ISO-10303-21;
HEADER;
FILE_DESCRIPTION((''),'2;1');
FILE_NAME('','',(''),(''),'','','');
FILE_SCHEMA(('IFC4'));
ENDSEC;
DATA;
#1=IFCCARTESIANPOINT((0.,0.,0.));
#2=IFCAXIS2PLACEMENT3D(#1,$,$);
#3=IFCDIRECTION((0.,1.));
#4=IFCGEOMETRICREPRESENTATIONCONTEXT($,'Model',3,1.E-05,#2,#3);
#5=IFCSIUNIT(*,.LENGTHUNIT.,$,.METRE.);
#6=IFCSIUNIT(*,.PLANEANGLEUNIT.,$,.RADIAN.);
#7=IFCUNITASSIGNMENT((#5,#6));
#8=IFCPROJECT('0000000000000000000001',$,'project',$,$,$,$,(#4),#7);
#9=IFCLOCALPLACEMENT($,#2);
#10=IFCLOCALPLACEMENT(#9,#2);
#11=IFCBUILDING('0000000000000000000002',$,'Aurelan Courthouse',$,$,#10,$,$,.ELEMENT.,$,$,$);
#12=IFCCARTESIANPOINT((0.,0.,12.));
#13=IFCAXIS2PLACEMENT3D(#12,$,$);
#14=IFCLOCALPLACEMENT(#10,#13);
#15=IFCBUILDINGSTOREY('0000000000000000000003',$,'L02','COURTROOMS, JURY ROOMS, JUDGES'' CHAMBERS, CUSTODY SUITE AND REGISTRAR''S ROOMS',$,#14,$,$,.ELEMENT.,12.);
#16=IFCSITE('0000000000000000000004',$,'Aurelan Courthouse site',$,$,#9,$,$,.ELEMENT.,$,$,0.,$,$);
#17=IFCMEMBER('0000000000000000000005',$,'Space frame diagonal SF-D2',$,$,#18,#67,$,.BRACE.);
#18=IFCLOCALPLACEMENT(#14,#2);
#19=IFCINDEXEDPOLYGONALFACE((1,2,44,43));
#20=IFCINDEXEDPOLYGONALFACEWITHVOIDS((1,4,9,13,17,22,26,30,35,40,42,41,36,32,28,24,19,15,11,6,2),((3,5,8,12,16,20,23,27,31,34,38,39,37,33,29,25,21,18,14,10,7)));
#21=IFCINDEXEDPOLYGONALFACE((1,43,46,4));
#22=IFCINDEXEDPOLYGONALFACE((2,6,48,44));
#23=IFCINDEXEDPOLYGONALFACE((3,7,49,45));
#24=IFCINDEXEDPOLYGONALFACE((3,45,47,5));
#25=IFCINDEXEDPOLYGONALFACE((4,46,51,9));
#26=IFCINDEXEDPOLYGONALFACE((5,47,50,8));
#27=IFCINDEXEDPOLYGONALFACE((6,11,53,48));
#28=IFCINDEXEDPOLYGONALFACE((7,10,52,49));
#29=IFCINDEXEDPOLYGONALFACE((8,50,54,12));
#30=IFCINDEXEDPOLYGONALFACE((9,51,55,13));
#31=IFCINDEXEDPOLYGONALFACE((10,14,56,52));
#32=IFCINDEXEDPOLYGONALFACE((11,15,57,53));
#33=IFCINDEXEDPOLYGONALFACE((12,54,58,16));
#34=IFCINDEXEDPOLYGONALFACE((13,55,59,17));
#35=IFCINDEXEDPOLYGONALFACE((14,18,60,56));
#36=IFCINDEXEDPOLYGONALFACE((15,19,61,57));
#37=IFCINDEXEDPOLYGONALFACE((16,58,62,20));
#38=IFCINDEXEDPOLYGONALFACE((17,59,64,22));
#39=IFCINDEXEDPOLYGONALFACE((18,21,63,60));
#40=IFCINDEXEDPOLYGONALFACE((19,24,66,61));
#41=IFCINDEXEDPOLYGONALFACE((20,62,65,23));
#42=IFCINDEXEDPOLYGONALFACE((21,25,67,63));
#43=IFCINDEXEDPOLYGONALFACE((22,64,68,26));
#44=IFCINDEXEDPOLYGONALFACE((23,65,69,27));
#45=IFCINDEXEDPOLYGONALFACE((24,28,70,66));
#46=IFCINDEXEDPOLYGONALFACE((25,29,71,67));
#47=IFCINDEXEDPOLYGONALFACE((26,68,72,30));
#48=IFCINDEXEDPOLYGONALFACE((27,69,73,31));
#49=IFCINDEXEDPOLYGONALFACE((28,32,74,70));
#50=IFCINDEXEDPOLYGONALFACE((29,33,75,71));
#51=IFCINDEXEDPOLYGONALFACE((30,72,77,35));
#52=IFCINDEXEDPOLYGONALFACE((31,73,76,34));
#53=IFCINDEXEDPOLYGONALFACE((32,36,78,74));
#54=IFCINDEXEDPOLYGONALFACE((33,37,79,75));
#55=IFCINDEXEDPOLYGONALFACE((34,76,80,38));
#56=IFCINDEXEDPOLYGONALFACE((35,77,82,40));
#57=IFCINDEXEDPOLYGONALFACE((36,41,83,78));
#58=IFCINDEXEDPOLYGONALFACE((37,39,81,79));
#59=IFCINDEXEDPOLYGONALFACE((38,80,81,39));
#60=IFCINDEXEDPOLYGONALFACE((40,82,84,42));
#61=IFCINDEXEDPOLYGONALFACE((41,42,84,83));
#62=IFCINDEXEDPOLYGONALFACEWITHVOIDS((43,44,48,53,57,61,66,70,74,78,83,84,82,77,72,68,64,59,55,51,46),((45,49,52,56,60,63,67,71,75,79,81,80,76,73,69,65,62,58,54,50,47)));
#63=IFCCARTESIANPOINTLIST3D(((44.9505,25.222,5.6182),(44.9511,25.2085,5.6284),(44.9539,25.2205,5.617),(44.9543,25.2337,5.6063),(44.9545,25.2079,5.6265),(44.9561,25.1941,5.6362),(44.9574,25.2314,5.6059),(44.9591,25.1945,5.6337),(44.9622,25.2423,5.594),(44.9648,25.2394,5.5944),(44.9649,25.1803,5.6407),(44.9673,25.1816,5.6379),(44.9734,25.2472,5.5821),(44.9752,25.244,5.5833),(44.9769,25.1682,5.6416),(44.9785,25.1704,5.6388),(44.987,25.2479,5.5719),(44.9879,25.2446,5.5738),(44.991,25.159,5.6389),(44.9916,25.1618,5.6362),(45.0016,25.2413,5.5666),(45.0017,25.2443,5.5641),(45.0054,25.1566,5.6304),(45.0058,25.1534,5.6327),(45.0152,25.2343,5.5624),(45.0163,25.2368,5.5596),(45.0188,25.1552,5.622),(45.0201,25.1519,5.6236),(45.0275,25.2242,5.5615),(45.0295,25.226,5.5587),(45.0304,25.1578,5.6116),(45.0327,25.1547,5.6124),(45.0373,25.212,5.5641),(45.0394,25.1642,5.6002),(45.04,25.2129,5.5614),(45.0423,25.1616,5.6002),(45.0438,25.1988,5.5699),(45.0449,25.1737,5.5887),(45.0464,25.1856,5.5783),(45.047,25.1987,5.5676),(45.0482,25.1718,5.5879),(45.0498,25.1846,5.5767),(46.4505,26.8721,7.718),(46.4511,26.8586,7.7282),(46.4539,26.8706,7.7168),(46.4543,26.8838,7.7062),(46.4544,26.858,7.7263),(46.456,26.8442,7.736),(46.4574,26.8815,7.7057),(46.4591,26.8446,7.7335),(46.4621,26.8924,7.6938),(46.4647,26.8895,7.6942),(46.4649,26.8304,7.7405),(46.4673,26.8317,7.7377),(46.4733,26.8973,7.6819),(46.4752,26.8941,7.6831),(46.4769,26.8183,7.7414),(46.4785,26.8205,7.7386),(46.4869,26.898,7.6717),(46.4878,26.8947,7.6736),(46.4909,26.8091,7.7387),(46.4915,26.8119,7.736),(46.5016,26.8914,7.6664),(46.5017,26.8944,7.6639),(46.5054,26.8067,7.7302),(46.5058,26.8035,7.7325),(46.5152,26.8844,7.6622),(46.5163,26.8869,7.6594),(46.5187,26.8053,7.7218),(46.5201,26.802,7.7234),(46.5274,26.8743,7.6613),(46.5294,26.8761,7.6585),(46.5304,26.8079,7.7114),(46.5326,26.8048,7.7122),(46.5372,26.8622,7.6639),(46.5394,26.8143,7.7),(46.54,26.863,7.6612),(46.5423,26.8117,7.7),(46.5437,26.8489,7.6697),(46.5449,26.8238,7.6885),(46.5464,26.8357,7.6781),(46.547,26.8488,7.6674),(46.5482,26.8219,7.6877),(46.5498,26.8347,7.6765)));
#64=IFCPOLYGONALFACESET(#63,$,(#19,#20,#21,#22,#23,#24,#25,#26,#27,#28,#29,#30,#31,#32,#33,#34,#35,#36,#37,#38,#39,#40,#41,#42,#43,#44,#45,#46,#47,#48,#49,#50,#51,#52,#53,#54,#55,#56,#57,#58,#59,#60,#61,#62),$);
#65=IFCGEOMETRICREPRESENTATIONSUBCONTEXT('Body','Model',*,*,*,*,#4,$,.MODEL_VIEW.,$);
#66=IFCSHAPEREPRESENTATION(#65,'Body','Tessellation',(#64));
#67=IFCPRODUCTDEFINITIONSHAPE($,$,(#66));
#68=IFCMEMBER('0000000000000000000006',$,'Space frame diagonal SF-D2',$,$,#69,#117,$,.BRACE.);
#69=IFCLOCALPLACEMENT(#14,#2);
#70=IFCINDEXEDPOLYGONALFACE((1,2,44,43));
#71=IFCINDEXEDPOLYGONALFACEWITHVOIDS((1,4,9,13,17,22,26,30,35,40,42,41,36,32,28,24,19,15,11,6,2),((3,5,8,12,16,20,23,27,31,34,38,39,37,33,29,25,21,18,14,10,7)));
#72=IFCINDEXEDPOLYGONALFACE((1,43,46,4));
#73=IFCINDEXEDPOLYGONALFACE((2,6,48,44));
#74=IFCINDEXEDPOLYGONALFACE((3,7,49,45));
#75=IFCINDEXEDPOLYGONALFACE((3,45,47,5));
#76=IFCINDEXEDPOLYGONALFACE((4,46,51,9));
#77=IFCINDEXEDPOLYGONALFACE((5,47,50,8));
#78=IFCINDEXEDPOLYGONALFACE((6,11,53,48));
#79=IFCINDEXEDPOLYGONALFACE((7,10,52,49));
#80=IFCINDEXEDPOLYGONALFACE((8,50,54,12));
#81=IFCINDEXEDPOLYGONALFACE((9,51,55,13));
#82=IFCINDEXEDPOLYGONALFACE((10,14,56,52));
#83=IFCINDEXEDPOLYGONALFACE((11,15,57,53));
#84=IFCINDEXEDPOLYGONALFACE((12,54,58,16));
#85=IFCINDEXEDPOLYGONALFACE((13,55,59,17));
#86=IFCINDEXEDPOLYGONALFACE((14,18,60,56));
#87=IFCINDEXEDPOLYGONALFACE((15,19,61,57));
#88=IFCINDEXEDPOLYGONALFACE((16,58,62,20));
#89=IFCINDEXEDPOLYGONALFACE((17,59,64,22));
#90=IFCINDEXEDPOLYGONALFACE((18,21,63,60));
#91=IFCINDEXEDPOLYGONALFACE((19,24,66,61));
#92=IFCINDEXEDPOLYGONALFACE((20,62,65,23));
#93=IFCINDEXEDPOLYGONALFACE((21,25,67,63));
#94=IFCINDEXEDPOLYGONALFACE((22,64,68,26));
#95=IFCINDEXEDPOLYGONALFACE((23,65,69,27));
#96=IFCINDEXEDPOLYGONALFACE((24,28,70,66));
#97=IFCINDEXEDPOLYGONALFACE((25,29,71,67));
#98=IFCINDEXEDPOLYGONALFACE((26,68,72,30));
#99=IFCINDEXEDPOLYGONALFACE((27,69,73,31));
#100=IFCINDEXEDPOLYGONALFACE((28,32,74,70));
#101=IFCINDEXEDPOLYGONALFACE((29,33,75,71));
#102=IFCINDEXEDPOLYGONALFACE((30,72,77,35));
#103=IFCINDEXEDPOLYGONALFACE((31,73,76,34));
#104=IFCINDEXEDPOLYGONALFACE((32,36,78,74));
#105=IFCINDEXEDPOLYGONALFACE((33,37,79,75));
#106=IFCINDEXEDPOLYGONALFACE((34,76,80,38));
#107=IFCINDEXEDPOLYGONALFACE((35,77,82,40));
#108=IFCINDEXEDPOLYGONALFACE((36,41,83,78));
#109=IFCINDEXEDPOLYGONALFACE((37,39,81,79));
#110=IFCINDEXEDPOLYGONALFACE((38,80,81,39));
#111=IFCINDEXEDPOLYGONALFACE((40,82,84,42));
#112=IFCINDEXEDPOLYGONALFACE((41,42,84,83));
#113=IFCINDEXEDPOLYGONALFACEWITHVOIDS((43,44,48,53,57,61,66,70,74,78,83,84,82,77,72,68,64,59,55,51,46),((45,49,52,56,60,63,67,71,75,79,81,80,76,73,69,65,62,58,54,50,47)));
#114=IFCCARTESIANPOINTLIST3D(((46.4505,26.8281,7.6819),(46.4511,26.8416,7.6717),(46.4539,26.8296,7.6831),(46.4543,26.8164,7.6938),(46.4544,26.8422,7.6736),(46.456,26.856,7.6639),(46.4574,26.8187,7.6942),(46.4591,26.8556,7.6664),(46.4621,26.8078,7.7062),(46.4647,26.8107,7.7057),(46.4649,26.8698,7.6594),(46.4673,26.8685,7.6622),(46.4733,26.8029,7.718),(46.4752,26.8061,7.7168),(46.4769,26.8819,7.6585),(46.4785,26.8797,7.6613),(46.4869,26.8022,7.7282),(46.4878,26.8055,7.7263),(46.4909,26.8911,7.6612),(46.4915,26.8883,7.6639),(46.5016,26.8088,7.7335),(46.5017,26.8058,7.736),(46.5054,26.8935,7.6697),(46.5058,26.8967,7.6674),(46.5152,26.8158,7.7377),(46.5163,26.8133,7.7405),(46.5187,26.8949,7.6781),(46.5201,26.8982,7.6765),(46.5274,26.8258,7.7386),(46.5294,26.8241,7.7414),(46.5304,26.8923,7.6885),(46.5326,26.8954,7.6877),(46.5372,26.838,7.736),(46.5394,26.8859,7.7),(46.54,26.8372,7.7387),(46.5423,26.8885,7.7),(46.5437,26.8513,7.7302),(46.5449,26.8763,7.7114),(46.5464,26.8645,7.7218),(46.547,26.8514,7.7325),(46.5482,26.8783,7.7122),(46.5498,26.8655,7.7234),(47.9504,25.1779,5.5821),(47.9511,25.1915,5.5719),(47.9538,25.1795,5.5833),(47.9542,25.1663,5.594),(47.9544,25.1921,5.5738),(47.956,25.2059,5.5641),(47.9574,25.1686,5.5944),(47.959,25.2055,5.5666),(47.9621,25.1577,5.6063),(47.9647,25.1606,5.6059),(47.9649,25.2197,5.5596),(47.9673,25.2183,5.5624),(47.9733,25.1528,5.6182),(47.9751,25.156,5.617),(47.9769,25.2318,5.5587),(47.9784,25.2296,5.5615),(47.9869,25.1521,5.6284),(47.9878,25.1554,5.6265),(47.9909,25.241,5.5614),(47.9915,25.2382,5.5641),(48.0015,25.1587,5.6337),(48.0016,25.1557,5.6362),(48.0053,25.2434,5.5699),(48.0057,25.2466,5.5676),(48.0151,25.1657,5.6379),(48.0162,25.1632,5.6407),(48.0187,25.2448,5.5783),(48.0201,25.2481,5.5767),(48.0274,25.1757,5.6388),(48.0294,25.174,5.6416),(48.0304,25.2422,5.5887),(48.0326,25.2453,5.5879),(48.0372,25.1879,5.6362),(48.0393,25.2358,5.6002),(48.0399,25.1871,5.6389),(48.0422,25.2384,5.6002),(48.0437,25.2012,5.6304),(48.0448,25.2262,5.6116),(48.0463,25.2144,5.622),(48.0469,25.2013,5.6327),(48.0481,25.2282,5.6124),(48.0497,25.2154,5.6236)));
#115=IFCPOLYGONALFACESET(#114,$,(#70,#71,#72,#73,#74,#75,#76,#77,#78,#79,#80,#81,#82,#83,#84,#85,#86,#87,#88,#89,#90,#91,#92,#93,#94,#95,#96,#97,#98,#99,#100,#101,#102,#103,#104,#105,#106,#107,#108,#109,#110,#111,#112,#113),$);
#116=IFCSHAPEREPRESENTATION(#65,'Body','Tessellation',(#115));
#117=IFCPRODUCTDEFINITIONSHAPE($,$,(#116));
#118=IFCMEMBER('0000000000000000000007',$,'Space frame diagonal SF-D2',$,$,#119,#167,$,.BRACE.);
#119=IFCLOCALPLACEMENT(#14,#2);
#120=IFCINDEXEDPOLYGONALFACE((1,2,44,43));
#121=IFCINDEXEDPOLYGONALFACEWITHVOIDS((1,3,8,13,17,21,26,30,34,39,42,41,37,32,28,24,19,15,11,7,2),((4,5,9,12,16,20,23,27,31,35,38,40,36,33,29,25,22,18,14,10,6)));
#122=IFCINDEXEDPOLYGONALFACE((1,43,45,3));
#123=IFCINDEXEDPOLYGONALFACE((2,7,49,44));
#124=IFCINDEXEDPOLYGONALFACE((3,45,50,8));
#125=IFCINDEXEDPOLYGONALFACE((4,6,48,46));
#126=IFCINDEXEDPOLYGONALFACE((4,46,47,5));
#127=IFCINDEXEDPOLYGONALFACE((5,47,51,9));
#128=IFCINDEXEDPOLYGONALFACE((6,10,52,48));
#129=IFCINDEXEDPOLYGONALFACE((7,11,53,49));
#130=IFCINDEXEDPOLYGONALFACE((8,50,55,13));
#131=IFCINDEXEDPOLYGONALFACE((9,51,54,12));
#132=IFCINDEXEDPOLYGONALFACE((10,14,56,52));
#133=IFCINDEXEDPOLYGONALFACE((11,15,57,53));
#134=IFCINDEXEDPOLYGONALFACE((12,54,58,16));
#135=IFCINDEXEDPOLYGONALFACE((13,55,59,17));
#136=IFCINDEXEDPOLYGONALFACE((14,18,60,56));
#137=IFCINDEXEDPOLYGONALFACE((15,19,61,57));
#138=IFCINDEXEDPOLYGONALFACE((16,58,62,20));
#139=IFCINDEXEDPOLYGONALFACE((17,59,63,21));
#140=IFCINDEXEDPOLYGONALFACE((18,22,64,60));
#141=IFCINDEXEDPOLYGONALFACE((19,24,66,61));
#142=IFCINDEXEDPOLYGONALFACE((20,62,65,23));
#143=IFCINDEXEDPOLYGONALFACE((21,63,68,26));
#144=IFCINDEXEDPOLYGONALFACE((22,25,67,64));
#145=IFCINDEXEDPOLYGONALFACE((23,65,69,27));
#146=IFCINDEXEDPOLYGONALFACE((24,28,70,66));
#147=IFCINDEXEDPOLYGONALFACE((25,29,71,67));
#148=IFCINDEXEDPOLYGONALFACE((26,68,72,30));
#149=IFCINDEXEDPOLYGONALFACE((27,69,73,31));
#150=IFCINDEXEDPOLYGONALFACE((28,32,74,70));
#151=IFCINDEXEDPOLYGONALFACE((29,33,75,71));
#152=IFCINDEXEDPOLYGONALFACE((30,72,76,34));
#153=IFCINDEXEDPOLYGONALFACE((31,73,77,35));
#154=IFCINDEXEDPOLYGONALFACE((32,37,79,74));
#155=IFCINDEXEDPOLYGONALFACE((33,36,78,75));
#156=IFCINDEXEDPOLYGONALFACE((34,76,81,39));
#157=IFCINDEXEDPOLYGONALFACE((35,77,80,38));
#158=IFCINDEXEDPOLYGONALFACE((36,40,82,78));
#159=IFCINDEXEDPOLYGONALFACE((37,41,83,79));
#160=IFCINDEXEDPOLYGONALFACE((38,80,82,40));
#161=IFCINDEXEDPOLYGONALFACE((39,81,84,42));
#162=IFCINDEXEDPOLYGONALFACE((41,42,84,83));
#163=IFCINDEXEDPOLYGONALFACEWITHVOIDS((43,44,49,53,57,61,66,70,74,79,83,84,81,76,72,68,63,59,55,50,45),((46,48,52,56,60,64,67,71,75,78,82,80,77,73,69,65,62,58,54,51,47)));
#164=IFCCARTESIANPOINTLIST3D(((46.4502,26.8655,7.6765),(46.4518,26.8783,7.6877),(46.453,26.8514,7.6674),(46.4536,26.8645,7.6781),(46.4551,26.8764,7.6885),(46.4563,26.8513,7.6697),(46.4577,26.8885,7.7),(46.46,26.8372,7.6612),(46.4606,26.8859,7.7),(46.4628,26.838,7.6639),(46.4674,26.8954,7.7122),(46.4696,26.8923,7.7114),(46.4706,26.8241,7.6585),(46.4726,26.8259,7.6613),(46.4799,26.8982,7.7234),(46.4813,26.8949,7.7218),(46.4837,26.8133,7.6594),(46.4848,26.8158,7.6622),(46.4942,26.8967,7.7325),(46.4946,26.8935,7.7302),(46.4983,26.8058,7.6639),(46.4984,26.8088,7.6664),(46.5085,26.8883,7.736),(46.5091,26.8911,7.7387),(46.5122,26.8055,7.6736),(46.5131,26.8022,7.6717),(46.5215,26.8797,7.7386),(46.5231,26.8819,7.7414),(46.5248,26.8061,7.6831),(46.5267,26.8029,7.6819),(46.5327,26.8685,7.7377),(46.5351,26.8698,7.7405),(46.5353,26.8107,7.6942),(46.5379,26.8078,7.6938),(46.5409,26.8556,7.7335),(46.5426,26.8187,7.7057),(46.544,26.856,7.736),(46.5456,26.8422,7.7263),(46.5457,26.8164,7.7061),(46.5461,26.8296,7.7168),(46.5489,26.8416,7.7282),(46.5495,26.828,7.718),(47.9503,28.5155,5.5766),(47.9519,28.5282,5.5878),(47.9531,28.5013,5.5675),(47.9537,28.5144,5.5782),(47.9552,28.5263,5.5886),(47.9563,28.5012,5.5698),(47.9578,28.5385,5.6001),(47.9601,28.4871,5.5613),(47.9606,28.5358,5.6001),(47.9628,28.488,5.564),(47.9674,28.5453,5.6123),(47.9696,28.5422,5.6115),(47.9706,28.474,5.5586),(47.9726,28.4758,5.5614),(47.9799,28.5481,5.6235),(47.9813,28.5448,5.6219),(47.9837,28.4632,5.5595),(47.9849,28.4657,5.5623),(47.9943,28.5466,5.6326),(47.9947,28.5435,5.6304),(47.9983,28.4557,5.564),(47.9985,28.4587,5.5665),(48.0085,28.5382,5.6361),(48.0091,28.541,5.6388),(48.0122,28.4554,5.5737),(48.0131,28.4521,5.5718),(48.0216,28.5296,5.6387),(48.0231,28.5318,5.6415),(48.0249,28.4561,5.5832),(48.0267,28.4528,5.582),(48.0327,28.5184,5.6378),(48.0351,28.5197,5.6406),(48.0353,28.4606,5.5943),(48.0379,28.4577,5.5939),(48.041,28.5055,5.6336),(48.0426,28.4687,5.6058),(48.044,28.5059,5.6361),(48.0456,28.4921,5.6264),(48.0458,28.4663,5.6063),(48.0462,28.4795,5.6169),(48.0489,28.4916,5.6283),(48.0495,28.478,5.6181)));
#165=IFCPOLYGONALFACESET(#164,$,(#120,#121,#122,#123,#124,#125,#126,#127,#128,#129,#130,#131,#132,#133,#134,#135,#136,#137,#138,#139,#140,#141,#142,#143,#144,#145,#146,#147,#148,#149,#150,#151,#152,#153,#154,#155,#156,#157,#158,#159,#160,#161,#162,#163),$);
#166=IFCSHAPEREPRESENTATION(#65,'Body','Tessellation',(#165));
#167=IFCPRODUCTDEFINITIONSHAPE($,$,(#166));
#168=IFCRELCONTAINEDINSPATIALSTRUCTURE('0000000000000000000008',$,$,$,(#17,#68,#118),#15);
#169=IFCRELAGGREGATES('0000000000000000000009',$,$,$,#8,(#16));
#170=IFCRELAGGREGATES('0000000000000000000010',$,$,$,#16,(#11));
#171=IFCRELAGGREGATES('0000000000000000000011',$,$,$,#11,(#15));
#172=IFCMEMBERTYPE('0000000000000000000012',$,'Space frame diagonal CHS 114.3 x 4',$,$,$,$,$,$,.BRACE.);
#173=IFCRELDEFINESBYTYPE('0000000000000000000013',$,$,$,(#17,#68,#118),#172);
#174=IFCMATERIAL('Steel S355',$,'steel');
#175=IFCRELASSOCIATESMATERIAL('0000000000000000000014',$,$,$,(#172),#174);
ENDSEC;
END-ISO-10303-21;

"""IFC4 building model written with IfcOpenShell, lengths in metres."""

from ifc_helpers import new_model, si_unit, direction, frame, origin, origin_2d, place, context, subcontext, project, spatial, hollow_circle, extrude, material, material_profile, profile_set, type_object, element, save


model = new_model("IFC4")

# Units and contexts
model_context = context("Model", 3, precision=1e-05, world=origin(), true_north=direction((0.0, 1.0)))
body_context = subcontext(model_context, "Body", "Model", "MODEL_VIEW")
ifc_project = project(units=[si_unit("LENGTHUNIT", "METRE"), si_unit("PLANEANGLEUNIT", "RADIAN")], contexts=[model_context])

# Site, building, storey
site_placement = place(None, origin())
site = spatial("IfcSite", under=ifc_project, at=site_placement, Name="Aurelan Courthouse site", CompositionType="ELEMENT", RefElevation=0.0)
building_placement = place(site_placement, origin())
building = spatial("IfcBuilding", under=site, at=building_placement, Name="Aurelan Courthouse", CompositionType="ELEMENT")
storey_placement = place(building_placement, frame((0.0, 0.0, 12.0)))
storey = spatial("IfcBuildingStorey", under=building, at=storey_placement, Name="L02", Description="COURTROOMS, JURY ROOMS, JUDGES' CHAMBERS, CUSTODY SUITE AND REGISTRAR'S ROOMS", CompositionType="ELEMENT", Elevation=12.0)

# Members
ifc_material_1 = material(Name="Steel S355", Category="steel")
ifc_material_profile_1 = material_profile(ifc_material_1, hollow_circle(Radius=0.0571, WallThickness=0.0039, at=origin_2d()), Name="CHS 114.3 x 4")
ifc_profile_set_1 = profile_set([ifc_material_profile_1], Name="Steel S355")
member_type_1 = type_object("IfcMemberType", Name="Space frame diagonal CHS 114.3 x 4", PredefinedType="BRACE", material=ifc_profile_set_1)
for number, where, z_axis, x_axis, name in (
    (1, (46.5, 26.8501, 7.7), (-0.489706, -0.538724, -0.68554), (0.73997, -0.67264, 0.0), "Space frame diagonal SF-D2"),
    (2, (46.5, 26.8501, 7.7), (0.489706, -0.538724, -0.68554), (0.73997, 0.67264, 0.0), "Space frame diagonal SF-D2"),
    (3, (46.5, 26.8501, 7.7), (0.489727, 0.538667, -0.685569), (-0.73992, 0.672695, 0.0), "Space frame diagonal SF-D2"),
):
    element("IfcMember", number, at=place(storey_placement, frame(where, z_axis=z_axis, x_axis=x_axis)), inside=storey, type_object=member_type_1, Name=name, PredefinedType="BRACE", context=body_context, shape_type="SweptSolid", body=[
        extrude(hollow_circle(Radius=0.0571, WallThickness=0.0039, at=origin_2d()), origin(), (0.0, 0.0, 1.0), 3.063),
    ])

save(model, "model.ifc")
